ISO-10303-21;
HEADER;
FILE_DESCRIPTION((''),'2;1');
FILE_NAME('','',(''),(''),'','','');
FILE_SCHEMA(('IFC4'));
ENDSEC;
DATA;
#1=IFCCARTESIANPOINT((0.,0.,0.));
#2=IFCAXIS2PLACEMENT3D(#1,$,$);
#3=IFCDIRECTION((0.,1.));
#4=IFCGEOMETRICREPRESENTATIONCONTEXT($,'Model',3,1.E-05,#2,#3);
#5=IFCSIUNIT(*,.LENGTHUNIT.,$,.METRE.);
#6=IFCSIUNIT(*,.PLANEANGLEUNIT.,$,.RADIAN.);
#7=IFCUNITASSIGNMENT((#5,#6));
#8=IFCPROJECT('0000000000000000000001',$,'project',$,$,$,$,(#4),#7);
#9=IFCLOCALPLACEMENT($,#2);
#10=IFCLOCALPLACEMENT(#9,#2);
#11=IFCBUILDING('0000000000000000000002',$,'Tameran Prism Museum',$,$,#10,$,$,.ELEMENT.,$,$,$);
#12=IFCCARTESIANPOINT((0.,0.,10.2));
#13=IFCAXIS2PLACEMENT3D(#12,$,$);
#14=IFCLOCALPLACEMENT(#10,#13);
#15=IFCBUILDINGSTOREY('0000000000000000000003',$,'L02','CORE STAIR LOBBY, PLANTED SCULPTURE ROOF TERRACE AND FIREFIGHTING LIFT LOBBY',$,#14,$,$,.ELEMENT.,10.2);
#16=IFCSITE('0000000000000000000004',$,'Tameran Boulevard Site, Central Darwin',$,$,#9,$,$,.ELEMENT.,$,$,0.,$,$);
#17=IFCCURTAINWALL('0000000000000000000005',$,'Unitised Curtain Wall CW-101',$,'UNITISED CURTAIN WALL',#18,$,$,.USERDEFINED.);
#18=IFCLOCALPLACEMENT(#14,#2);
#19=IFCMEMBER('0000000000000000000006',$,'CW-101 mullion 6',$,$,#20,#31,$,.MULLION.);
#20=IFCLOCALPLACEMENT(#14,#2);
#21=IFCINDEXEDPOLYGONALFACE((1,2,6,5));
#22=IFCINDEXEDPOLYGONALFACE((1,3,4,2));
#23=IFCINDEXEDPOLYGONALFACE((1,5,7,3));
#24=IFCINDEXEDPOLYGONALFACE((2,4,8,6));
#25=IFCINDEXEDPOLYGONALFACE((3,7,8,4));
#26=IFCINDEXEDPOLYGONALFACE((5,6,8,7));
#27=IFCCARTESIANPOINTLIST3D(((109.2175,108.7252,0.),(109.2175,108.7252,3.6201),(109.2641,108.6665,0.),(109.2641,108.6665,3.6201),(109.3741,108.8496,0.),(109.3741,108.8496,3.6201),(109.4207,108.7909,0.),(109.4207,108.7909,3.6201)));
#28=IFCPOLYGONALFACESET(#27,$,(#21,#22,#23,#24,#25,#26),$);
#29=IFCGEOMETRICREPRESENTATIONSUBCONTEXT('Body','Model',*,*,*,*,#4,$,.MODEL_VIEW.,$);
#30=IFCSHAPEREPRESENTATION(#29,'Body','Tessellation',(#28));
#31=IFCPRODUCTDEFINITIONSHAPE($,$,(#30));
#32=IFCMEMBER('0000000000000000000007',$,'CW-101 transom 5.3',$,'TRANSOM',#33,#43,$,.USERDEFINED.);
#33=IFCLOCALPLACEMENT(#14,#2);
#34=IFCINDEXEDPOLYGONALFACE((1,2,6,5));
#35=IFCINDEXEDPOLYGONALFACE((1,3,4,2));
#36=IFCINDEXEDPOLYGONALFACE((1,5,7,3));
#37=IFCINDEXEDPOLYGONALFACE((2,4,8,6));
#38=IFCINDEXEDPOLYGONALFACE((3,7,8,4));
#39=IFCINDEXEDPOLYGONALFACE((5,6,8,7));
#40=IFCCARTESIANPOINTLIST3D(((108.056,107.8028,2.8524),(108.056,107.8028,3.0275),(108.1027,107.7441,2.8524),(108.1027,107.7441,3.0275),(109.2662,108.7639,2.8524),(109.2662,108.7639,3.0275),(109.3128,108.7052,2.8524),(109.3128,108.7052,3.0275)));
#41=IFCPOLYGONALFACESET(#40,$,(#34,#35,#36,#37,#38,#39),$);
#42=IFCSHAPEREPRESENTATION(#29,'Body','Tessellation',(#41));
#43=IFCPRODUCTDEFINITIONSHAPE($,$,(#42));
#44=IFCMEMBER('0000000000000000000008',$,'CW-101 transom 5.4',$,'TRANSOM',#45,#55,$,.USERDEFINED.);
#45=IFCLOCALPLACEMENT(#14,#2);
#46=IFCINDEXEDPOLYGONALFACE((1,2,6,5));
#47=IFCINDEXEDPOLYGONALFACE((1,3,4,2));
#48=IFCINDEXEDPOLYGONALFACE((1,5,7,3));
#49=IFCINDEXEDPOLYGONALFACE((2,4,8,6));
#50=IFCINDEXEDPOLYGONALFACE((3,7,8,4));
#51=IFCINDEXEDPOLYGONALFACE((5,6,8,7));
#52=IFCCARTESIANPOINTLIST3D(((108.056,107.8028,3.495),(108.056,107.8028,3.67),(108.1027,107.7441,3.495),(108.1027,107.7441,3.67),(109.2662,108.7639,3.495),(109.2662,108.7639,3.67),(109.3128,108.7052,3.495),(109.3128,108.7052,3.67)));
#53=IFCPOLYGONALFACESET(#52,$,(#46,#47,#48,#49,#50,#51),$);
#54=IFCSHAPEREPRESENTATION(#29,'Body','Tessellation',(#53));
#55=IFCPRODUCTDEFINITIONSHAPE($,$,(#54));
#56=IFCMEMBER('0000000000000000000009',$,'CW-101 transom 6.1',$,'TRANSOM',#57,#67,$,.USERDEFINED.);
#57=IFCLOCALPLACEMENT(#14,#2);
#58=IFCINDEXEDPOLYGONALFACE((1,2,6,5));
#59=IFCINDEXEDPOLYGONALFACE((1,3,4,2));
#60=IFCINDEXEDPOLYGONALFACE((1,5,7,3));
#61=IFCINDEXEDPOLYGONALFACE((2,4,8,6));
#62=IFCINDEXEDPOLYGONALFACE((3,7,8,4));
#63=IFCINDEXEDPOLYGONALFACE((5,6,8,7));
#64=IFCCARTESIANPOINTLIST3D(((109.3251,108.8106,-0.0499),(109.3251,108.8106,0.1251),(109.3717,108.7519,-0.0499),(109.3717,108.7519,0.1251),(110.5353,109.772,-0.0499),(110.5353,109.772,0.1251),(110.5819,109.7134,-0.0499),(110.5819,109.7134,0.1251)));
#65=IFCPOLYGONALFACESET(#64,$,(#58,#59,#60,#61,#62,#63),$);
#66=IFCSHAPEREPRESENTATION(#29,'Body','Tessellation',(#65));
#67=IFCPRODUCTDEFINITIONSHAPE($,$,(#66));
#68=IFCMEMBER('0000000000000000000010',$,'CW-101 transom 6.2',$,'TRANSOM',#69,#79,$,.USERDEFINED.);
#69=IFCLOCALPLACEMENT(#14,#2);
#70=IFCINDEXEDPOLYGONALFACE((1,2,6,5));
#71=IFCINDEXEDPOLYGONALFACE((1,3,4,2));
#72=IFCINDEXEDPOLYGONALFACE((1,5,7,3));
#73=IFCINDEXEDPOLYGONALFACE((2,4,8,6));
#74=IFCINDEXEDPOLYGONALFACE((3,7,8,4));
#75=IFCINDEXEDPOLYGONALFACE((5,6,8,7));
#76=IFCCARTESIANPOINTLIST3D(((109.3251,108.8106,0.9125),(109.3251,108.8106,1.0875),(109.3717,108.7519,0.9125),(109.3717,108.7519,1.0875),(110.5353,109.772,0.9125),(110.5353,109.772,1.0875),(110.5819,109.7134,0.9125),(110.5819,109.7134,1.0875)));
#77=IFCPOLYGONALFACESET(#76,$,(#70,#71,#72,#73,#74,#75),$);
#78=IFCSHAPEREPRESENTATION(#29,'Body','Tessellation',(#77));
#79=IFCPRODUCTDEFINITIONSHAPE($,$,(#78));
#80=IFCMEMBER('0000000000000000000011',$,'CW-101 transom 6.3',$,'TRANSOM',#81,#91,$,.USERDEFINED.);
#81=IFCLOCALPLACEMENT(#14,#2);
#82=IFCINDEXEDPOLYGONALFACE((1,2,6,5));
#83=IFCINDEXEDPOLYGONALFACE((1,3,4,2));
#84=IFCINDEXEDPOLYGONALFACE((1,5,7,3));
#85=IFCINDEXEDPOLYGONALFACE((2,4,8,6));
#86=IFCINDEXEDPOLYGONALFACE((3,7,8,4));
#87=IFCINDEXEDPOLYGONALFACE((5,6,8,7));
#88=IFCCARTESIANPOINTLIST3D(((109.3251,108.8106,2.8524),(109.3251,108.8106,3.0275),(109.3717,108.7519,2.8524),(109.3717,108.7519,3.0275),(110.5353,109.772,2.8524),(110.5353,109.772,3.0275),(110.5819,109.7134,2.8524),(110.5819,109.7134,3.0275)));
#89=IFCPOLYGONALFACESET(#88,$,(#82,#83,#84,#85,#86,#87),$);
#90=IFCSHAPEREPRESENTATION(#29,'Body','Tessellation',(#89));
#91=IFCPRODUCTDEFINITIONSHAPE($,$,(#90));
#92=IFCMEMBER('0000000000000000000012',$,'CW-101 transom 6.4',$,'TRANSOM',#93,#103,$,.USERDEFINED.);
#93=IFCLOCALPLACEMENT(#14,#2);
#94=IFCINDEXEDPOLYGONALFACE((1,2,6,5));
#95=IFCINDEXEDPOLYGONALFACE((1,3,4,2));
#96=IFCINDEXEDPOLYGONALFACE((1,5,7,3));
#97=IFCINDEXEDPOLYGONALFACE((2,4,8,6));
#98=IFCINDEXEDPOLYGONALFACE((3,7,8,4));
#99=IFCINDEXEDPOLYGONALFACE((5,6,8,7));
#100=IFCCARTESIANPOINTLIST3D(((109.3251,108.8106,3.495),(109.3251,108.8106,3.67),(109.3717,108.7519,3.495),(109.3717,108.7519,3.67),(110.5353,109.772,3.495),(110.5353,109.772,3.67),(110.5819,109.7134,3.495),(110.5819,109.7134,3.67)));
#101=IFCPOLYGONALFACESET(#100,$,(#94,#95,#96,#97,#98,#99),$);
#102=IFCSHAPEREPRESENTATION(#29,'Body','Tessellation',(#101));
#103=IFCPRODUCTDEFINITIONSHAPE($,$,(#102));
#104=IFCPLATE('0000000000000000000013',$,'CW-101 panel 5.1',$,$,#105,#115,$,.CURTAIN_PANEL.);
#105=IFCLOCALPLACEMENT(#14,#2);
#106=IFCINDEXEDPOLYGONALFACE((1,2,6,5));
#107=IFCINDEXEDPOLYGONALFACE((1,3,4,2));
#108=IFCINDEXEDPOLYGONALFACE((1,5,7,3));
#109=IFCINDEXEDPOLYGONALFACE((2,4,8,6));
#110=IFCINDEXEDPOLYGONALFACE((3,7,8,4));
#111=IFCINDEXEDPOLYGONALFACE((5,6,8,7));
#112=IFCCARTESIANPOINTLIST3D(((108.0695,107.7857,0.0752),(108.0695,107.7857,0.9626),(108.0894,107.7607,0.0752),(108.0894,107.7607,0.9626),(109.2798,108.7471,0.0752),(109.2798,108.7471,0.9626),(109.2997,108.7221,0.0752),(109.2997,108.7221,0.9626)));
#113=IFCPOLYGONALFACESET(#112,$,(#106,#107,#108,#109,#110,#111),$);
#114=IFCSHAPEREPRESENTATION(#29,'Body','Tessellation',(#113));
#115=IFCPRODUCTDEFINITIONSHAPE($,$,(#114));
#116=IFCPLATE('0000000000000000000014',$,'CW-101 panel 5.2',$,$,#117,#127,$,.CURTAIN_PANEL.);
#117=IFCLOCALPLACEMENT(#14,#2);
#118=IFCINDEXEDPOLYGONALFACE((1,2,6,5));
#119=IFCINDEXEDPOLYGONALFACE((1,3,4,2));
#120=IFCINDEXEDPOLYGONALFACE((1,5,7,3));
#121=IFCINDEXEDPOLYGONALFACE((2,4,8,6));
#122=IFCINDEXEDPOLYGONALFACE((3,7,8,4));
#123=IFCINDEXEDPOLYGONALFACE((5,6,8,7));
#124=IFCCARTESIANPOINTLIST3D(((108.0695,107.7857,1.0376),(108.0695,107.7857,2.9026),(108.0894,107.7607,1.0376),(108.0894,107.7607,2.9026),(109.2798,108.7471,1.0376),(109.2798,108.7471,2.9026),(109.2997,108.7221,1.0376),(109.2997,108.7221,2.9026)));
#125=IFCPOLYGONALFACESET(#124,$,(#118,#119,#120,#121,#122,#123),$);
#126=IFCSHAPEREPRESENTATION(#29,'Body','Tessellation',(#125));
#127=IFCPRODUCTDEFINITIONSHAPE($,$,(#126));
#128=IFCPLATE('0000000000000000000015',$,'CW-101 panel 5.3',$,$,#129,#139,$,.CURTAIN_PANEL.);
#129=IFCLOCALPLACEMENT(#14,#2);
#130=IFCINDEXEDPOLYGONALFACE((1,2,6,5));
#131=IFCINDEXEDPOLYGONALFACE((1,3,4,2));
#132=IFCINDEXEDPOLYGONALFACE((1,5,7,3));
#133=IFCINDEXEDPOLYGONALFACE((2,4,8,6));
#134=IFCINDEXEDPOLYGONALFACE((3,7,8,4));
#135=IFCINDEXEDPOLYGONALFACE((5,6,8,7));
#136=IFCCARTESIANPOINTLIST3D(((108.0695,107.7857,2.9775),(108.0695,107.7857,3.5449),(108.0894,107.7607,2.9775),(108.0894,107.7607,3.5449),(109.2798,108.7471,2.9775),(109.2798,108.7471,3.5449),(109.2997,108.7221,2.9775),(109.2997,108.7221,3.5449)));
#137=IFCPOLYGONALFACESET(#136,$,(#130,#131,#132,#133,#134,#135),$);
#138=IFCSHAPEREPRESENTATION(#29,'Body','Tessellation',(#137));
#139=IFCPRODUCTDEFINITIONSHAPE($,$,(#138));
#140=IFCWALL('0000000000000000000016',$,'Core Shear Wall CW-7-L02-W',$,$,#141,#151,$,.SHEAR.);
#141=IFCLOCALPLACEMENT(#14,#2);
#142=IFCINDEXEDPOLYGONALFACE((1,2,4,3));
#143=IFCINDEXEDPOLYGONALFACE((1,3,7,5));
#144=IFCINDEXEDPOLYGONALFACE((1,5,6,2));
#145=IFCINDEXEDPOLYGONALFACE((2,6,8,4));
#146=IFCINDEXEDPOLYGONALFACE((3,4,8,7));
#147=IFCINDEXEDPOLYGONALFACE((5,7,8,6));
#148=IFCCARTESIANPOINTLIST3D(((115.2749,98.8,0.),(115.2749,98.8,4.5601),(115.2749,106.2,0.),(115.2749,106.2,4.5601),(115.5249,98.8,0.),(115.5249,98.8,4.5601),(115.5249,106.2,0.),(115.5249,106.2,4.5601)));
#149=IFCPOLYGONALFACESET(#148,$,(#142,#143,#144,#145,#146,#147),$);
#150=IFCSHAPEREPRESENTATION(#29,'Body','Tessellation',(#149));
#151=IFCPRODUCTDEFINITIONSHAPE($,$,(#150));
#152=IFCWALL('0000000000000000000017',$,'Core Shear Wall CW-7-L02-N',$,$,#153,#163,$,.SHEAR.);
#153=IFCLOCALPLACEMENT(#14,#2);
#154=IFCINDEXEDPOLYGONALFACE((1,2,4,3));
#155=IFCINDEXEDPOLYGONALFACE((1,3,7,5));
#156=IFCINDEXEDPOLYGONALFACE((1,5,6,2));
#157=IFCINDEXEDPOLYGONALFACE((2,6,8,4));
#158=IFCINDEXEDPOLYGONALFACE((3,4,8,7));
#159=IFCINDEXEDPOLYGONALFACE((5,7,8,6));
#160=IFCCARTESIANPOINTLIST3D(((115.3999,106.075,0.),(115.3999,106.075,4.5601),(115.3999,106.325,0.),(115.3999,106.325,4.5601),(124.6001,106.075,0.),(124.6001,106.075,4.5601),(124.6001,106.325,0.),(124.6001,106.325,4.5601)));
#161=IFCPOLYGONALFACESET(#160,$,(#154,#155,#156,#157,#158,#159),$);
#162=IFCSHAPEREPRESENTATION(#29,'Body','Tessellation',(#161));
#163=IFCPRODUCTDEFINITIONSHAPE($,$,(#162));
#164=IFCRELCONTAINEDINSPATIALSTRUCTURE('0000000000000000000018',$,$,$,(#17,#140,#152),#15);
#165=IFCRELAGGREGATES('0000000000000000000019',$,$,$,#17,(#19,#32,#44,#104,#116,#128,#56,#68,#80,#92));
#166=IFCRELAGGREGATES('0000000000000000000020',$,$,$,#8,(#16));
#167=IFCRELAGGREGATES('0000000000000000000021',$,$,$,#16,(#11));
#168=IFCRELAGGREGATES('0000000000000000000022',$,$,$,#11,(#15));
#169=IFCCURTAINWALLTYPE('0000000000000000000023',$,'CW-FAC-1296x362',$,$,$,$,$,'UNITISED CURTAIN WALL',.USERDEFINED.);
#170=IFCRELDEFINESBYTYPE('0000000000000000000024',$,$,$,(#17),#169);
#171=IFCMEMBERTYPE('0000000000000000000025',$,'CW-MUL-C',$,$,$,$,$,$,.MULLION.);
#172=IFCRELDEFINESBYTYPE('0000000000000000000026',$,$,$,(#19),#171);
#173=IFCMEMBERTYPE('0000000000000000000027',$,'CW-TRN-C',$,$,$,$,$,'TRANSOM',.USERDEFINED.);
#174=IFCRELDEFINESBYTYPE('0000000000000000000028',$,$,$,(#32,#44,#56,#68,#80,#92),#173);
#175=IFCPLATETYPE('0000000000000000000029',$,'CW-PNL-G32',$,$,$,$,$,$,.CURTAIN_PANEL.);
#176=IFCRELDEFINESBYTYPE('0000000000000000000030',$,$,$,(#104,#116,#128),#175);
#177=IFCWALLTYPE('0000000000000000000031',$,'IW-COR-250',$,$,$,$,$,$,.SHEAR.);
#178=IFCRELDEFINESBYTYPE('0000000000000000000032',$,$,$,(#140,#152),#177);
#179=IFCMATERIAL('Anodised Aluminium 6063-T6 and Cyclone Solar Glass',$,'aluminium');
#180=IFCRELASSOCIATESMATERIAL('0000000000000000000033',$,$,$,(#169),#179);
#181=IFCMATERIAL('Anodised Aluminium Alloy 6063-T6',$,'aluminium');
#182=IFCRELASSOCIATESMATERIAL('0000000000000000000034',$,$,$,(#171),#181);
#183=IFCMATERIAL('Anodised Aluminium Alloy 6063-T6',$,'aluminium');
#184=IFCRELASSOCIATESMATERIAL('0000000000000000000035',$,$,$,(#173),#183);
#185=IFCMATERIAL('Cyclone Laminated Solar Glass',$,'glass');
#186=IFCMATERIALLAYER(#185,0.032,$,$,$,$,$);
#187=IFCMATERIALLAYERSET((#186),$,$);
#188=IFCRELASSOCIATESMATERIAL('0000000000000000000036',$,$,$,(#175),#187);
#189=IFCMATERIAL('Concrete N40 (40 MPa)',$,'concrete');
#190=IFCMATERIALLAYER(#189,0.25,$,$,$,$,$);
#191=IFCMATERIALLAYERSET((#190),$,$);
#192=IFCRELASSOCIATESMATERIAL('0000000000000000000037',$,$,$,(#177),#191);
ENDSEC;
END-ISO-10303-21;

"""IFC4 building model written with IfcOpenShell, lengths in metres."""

from ifc_helpers import new_model, si_unit, direction, frame, frame_2d, origin, origin_2d, place, context, subcontext, project, spatial, rectangle, extrude, material, layer, layer_set, material_profile, profile_set, type_object, element, aggregate, save


model = new_model("IFC4")

# Units and contexts
model_context = context("Model", 3, precision=1e-05, world=origin(), true_north=direction((0.0, 1.0)))
body_context = subcontext(model_context, "Body", "Model", "MODEL_VIEW")
ifc_project = project(units=[si_unit("LENGTHUNIT", "METRE"), si_unit("PLANEANGLEUNIT", "RADIAN")], contexts=[model_context])

# Site, building, storey
site_placement = place(None, origin())
site = spatial("IfcSite", under=ifc_project, at=site_placement, Name="Tameran Boulevard Site, Central Darwin", CompositionType="ELEMENT", RefElevation=0.0)
building_placement = place(site_placement, origin())
building = spatial("IfcBuilding", under=site, at=building_placement, Name="Tameran Prism Museum", CompositionType="ELEMENT")
storey_placement = place(building_placement, frame((0.0, 0.0, 10.2)))
storey = spatial("IfcBuildingStorey", under=building, at=storey_placement, Name="L02", Description="CORE STAIR LOBBY, PLANTED SCULPTURE ROOF TERRACE AND FIREFIGHTING LIFT LOBBY", CompositionType="ELEMENT", Elevation=10.2)

# Curtain wall, members, plates
ifc_material_1 = material(Name="Anodised Aluminium 6063-T6 and Cyclone Solar Glass", Category="aluminium")
curtain_wall_type = type_object("IfcCurtainWallType", Name="CW-FAC-1296x362", ElementType="UNITISED CURTAIN WALL", PredefinedType="USERDEFINED", material=ifc_material_1)
curtain_wall_placement = place(storey_placement, origin())
curtain_wall = element("IfcCurtainWall", 1, at=curtain_wall_placement, inside=storey, type_object=curtain_wall_type, Name="Unitised Curtain Wall CW-101", ObjectType="UNITISED CURTAIN WALL", PredefinedType="USERDEFINED")
ifc_material_2 = material(Name="Anodised Aluminium Alloy 6063-T6", Category="aluminium")
ifc_material_profile_1 = material_profile(ifc_material_2, rectangle(XDim=0.075, YDim=0.2, at=origin_2d()))
ifc_profile_set_1 = profile_set([ifc_material_profile_1])
member_type_1 = type_object("IfcMemberType", Name="CW-MUL-C", PredefinedType="MULLION", material=ifc_profile_set_1)
member_1_placement = place(storey_placement, frame((109.3191, 108.7581, 0.0), z_axis=(0.0, 0.0, 1.0), x_axis=(-0.621982, 0.783031, 0.0)))
member_1 = element("IfcMember", 2, at=member_1_placement, type_object=member_type_1, Name="CW-101 mullion 6", PredefinedType="MULLION", context=body_context, shape_type="SweptSolid", body=[
    extrude(rectangle(XDim=0.075, YDim=0.2, at=origin_2d()), origin(), (0.0, 0.0, 1.0), 3.6201),
])
ifc_material_3 = material(Name="Anodised Aluminium Alloy 6063-T6", Category="aluminium")
ifc_material_profile_2 = material_profile(ifc_material_3, rectangle(XDim=0.075, YDim=0.175, at=origin_2d()))
ifc_profile_set_2 = profile_set([ifc_material_profile_2])
member_type_2 = type_object("IfcMemberType", Name="CW-TRN-C", ElementType="TRANSOM", PredefinedType="USERDEFINED", material=ifc_profile_set_2)
member_2_placement = place(storey_placement, frame((108.0793, 107.7734, 2.9399), z_axis=(0.783068, 0.621936, 0.0), x_axis=(-0.621936, 0.783068, 0.0)))
member_2 = element("IfcMember", 3, at=member_2_placement, type_object=member_type_2, Name="CW-101 transom 5.3", ObjectType="TRANSOM", PredefinedType="USERDEFINED", context=body_context, shape_type="SweptSolid", body=[
    extrude(rectangle(XDim=0.075, YDim=0.175, at=origin_2d()), origin(), (0.0, 0.0, 1.0), 1.5454),
])
member_3_placement = place(storey_placement, frame((108.0793, 107.7734, 3.5825), z_axis=(0.783068, 0.621936, 0.0), x_axis=(-0.621936, 0.783068, 0.0)))
member_3 = element("IfcMember", 4, at=member_3_placement, type_object=member_type_2, Name="CW-101 transom 5.4", ObjectType="TRANSOM", PredefinedType="USERDEFINED", context=body_context, shape_type="SweptSolid", body=[
    extrude(rectangle(XDim=0.075, YDim=0.175, at=origin_2d()), origin(), (0.0, 0.0, 1.0), 1.5454),
])
member_4_placement = place(storey_placement, frame((109.3484, 108.7812, 0.0376), z_axis=(0.782991, 0.622033, 0.0), x_axis=(-0.622033, 0.782991, 0.0)))
member_4 = element("IfcMember", 5, at=member_4_placement, type_object=member_type_2, Name="CW-101 transom 6.1", ObjectType="TRANSOM", PredefinedType="USERDEFINED", context=body_context, shape_type="SweptSolid", body=[
    extrude(rectangle(XDim=0.075, YDim=0.175, at=origin_2d()), origin(), (0.0, 0.0, 1.0), 1.5457),
])
member_5_placement = place(storey_placement, frame((109.3484, 108.7812, 1.0), z_axis=(0.782991, 0.622033, 0.0), x_axis=(-0.622033, 0.782991, 0.0)))
member_5 = element("IfcMember", 6, at=member_5_placement, type_object=member_type_2, Name="CW-101 transom 6.2", ObjectType="TRANSOM", PredefinedType="USERDEFINED", context=body_context, shape_type="SweptSolid", body=[
    extrude(rectangle(XDim=0.075, YDim=0.175, at=origin_2d()), origin(), (0.0, 0.0, 1.0), 1.5457),
])
member_6_placement = place(storey_placement, frame((109.3484, 108.7812, 2.9399), z_axis=(0.782991, 0.622033, 0.0), x_axis=(-0.622033, 0.782991, 0.0)))
member_6 = element("IfcMember", 7, at=member_6_placement, type_object=member_type_2, Name="CW-101 transom 6.3", ObjectType="TRANSOM", PredefinedType="USERDEFINED", context=body_context, shape_type="SweptSolid", body=[
    extrude(rectangle(XDim=0.075, YDim=0.175, at=origin_2d()), origin(), (0.0, 0.0, 1.0), 1.5457),
])
member_7_placement = place(storey_placement, frame((109.3484, 108.7812, 3.5825), z_axis=(0.782991, 0.622033, 0.0), x_axis=(-0.622033, 0.782991, 0.0)))
member_7 = element("IfcMember", 8, at=member_7_placement, type_object=member_type_2, Name="CW-101 transom 6.4", ObjectType="TRANSOM", PredefinedType="USERDEFINED", context=body_context, shape_type="SweptSolid", body=[
    extrude(rectangle(XDim=0.075, YDim=0.175, at=origin_2d()), origin(), (0.0, 0.0, 1.0), 1.5457),
])
ifc_material_4 = material(Name="Cyclone Laminated Solar Glass", Category="glass")
ifc_layer_1 = layer(ifc_material_4, 0.032)
ifc_layer_set_1 = layer_set([ifc_layer_1])
plate_type = type_object("IfcPlateType", Name="CW-PNL-G32", PredefinedType="CURTAIN_PANEL", material=ifc_layer_set_1)
plate_1_placement = place(storey_placement, frame((108.6846, 108.2539, 0.0752), z_axis=(0.0, 0.0, 1.0), x_axis=(0.783031, 0.621982, 0.0)))
plate_1 = element("IfcPlate", 9, at=plate_1_placement, type_object=plate_type, Name="CW-101 panel 5.1", PredefinedType="CURTAIN_PANEL", context=body_context, shape_type="SweptSolid", body=[
    extrude(rectangle(XDim=1.5457, YDim=0.032, at=origin_2d()), origin(), (0.0, 0.0, 1.0), 0.8875),
])
plate_2_placement = place(storey_placement, frame((108.6846, 108.2539, 1.0376), z_axis=(0.0, 0.0, 1.0), x_axis=(0.783031, 0.621982, 0.0)))
plate_2 = element("IfcPlate", 10, at=plate_2_placement, type_object=plate_type, Name="CW-101 panel 5.2", PredefinedType="CURTAIN_PANEL", context=body_context, shape_type="SweptSolid", body=[
    extrude(rectangle(XDim=1.5457, YDim=0.032, at=origin_2d()), origin(), (0.0, 0.0, 1.0), 1.865),
])
plate_3_placement = place(storey_placement, frame((108.6846, 108.2539, 2.9775), z_axis=(0.0, 0.0, 1.0), x_axis=(0.783031, 0.621982, 0.0)))
plate_3 = element("IfcPlate", 11, at=plate_3_placement, type_object=plate_type, Name="CW-101 panel 5.3", PredefinedType="CURTAIN_PANEL", context=body_context, shape_type="SweptSolid", body=[
    extrude(rectangle(XDim=1.5457, YDim=0.032, at=origin_2d()), origin(), (0.0, 0.0, 1.0), 0.5674),
])
aggregate(curtain_wall, [member_1, member_2, member_3, plate_1, plate_2, plate_3, member_4, member_5, member_6, member_7])

# Walls
ifc_material_5 = material(Name="Concrete N40 (40 MPa)", Category="concrete")
ifc_layer_2 = layer(ifc_material_5, 0.25)
ifc_layer_set_2 = layer_set([ifc_layer_2])
wall_type = type_object("IfcWallType", Name="IW-COR-250", PredefinedType="SHEAR", material=ifc_layer_set_2)
wall_1_placement = place(storey_placement, frame((115.3999, 98.8, 0.0), z_axis=(0.0, 0.0, 1.0), x_axis=(0.0, 1.0, 0.0)))
element("IfcWall", 12, at=wall_1_placement, inside=storey, type_object=wall_type, Name="Core Shear Wall CW-7-L02-W", PredefinedType="SHEAR", context=body_context, shape_type="SweptSolid", body=[
    extrude(rectangle(XDim=7.3999, YDim=0.25, at=frame_2d((3.7, 0.0))), origin(), (0.0, 0.0, 1.0), 4.5601),
])
wall_2_placement = place(storey_placement, frame((115.3999, 106.2, 0.0), z_axis=(0.0, 0.0, 1.0), x_axis=(1.0, 0.0, 0.0)))
element("IfcWall", 13, at=wall_2_placement, inside=storey, type_object=wall_type, Name="Core Shear Wall CW-7-L02-N", PredefinedType="SHEAR", context=body_context, shape_type="SweptSolid", body=[
    extrude(rectangle(XDim=9.2002, YDim=0.25, at=frame_2d((4.6001, 0.0))), origin(), (0.0, 0.0, 1.0), 4.5601),
])

save(model, "model.ifc")
